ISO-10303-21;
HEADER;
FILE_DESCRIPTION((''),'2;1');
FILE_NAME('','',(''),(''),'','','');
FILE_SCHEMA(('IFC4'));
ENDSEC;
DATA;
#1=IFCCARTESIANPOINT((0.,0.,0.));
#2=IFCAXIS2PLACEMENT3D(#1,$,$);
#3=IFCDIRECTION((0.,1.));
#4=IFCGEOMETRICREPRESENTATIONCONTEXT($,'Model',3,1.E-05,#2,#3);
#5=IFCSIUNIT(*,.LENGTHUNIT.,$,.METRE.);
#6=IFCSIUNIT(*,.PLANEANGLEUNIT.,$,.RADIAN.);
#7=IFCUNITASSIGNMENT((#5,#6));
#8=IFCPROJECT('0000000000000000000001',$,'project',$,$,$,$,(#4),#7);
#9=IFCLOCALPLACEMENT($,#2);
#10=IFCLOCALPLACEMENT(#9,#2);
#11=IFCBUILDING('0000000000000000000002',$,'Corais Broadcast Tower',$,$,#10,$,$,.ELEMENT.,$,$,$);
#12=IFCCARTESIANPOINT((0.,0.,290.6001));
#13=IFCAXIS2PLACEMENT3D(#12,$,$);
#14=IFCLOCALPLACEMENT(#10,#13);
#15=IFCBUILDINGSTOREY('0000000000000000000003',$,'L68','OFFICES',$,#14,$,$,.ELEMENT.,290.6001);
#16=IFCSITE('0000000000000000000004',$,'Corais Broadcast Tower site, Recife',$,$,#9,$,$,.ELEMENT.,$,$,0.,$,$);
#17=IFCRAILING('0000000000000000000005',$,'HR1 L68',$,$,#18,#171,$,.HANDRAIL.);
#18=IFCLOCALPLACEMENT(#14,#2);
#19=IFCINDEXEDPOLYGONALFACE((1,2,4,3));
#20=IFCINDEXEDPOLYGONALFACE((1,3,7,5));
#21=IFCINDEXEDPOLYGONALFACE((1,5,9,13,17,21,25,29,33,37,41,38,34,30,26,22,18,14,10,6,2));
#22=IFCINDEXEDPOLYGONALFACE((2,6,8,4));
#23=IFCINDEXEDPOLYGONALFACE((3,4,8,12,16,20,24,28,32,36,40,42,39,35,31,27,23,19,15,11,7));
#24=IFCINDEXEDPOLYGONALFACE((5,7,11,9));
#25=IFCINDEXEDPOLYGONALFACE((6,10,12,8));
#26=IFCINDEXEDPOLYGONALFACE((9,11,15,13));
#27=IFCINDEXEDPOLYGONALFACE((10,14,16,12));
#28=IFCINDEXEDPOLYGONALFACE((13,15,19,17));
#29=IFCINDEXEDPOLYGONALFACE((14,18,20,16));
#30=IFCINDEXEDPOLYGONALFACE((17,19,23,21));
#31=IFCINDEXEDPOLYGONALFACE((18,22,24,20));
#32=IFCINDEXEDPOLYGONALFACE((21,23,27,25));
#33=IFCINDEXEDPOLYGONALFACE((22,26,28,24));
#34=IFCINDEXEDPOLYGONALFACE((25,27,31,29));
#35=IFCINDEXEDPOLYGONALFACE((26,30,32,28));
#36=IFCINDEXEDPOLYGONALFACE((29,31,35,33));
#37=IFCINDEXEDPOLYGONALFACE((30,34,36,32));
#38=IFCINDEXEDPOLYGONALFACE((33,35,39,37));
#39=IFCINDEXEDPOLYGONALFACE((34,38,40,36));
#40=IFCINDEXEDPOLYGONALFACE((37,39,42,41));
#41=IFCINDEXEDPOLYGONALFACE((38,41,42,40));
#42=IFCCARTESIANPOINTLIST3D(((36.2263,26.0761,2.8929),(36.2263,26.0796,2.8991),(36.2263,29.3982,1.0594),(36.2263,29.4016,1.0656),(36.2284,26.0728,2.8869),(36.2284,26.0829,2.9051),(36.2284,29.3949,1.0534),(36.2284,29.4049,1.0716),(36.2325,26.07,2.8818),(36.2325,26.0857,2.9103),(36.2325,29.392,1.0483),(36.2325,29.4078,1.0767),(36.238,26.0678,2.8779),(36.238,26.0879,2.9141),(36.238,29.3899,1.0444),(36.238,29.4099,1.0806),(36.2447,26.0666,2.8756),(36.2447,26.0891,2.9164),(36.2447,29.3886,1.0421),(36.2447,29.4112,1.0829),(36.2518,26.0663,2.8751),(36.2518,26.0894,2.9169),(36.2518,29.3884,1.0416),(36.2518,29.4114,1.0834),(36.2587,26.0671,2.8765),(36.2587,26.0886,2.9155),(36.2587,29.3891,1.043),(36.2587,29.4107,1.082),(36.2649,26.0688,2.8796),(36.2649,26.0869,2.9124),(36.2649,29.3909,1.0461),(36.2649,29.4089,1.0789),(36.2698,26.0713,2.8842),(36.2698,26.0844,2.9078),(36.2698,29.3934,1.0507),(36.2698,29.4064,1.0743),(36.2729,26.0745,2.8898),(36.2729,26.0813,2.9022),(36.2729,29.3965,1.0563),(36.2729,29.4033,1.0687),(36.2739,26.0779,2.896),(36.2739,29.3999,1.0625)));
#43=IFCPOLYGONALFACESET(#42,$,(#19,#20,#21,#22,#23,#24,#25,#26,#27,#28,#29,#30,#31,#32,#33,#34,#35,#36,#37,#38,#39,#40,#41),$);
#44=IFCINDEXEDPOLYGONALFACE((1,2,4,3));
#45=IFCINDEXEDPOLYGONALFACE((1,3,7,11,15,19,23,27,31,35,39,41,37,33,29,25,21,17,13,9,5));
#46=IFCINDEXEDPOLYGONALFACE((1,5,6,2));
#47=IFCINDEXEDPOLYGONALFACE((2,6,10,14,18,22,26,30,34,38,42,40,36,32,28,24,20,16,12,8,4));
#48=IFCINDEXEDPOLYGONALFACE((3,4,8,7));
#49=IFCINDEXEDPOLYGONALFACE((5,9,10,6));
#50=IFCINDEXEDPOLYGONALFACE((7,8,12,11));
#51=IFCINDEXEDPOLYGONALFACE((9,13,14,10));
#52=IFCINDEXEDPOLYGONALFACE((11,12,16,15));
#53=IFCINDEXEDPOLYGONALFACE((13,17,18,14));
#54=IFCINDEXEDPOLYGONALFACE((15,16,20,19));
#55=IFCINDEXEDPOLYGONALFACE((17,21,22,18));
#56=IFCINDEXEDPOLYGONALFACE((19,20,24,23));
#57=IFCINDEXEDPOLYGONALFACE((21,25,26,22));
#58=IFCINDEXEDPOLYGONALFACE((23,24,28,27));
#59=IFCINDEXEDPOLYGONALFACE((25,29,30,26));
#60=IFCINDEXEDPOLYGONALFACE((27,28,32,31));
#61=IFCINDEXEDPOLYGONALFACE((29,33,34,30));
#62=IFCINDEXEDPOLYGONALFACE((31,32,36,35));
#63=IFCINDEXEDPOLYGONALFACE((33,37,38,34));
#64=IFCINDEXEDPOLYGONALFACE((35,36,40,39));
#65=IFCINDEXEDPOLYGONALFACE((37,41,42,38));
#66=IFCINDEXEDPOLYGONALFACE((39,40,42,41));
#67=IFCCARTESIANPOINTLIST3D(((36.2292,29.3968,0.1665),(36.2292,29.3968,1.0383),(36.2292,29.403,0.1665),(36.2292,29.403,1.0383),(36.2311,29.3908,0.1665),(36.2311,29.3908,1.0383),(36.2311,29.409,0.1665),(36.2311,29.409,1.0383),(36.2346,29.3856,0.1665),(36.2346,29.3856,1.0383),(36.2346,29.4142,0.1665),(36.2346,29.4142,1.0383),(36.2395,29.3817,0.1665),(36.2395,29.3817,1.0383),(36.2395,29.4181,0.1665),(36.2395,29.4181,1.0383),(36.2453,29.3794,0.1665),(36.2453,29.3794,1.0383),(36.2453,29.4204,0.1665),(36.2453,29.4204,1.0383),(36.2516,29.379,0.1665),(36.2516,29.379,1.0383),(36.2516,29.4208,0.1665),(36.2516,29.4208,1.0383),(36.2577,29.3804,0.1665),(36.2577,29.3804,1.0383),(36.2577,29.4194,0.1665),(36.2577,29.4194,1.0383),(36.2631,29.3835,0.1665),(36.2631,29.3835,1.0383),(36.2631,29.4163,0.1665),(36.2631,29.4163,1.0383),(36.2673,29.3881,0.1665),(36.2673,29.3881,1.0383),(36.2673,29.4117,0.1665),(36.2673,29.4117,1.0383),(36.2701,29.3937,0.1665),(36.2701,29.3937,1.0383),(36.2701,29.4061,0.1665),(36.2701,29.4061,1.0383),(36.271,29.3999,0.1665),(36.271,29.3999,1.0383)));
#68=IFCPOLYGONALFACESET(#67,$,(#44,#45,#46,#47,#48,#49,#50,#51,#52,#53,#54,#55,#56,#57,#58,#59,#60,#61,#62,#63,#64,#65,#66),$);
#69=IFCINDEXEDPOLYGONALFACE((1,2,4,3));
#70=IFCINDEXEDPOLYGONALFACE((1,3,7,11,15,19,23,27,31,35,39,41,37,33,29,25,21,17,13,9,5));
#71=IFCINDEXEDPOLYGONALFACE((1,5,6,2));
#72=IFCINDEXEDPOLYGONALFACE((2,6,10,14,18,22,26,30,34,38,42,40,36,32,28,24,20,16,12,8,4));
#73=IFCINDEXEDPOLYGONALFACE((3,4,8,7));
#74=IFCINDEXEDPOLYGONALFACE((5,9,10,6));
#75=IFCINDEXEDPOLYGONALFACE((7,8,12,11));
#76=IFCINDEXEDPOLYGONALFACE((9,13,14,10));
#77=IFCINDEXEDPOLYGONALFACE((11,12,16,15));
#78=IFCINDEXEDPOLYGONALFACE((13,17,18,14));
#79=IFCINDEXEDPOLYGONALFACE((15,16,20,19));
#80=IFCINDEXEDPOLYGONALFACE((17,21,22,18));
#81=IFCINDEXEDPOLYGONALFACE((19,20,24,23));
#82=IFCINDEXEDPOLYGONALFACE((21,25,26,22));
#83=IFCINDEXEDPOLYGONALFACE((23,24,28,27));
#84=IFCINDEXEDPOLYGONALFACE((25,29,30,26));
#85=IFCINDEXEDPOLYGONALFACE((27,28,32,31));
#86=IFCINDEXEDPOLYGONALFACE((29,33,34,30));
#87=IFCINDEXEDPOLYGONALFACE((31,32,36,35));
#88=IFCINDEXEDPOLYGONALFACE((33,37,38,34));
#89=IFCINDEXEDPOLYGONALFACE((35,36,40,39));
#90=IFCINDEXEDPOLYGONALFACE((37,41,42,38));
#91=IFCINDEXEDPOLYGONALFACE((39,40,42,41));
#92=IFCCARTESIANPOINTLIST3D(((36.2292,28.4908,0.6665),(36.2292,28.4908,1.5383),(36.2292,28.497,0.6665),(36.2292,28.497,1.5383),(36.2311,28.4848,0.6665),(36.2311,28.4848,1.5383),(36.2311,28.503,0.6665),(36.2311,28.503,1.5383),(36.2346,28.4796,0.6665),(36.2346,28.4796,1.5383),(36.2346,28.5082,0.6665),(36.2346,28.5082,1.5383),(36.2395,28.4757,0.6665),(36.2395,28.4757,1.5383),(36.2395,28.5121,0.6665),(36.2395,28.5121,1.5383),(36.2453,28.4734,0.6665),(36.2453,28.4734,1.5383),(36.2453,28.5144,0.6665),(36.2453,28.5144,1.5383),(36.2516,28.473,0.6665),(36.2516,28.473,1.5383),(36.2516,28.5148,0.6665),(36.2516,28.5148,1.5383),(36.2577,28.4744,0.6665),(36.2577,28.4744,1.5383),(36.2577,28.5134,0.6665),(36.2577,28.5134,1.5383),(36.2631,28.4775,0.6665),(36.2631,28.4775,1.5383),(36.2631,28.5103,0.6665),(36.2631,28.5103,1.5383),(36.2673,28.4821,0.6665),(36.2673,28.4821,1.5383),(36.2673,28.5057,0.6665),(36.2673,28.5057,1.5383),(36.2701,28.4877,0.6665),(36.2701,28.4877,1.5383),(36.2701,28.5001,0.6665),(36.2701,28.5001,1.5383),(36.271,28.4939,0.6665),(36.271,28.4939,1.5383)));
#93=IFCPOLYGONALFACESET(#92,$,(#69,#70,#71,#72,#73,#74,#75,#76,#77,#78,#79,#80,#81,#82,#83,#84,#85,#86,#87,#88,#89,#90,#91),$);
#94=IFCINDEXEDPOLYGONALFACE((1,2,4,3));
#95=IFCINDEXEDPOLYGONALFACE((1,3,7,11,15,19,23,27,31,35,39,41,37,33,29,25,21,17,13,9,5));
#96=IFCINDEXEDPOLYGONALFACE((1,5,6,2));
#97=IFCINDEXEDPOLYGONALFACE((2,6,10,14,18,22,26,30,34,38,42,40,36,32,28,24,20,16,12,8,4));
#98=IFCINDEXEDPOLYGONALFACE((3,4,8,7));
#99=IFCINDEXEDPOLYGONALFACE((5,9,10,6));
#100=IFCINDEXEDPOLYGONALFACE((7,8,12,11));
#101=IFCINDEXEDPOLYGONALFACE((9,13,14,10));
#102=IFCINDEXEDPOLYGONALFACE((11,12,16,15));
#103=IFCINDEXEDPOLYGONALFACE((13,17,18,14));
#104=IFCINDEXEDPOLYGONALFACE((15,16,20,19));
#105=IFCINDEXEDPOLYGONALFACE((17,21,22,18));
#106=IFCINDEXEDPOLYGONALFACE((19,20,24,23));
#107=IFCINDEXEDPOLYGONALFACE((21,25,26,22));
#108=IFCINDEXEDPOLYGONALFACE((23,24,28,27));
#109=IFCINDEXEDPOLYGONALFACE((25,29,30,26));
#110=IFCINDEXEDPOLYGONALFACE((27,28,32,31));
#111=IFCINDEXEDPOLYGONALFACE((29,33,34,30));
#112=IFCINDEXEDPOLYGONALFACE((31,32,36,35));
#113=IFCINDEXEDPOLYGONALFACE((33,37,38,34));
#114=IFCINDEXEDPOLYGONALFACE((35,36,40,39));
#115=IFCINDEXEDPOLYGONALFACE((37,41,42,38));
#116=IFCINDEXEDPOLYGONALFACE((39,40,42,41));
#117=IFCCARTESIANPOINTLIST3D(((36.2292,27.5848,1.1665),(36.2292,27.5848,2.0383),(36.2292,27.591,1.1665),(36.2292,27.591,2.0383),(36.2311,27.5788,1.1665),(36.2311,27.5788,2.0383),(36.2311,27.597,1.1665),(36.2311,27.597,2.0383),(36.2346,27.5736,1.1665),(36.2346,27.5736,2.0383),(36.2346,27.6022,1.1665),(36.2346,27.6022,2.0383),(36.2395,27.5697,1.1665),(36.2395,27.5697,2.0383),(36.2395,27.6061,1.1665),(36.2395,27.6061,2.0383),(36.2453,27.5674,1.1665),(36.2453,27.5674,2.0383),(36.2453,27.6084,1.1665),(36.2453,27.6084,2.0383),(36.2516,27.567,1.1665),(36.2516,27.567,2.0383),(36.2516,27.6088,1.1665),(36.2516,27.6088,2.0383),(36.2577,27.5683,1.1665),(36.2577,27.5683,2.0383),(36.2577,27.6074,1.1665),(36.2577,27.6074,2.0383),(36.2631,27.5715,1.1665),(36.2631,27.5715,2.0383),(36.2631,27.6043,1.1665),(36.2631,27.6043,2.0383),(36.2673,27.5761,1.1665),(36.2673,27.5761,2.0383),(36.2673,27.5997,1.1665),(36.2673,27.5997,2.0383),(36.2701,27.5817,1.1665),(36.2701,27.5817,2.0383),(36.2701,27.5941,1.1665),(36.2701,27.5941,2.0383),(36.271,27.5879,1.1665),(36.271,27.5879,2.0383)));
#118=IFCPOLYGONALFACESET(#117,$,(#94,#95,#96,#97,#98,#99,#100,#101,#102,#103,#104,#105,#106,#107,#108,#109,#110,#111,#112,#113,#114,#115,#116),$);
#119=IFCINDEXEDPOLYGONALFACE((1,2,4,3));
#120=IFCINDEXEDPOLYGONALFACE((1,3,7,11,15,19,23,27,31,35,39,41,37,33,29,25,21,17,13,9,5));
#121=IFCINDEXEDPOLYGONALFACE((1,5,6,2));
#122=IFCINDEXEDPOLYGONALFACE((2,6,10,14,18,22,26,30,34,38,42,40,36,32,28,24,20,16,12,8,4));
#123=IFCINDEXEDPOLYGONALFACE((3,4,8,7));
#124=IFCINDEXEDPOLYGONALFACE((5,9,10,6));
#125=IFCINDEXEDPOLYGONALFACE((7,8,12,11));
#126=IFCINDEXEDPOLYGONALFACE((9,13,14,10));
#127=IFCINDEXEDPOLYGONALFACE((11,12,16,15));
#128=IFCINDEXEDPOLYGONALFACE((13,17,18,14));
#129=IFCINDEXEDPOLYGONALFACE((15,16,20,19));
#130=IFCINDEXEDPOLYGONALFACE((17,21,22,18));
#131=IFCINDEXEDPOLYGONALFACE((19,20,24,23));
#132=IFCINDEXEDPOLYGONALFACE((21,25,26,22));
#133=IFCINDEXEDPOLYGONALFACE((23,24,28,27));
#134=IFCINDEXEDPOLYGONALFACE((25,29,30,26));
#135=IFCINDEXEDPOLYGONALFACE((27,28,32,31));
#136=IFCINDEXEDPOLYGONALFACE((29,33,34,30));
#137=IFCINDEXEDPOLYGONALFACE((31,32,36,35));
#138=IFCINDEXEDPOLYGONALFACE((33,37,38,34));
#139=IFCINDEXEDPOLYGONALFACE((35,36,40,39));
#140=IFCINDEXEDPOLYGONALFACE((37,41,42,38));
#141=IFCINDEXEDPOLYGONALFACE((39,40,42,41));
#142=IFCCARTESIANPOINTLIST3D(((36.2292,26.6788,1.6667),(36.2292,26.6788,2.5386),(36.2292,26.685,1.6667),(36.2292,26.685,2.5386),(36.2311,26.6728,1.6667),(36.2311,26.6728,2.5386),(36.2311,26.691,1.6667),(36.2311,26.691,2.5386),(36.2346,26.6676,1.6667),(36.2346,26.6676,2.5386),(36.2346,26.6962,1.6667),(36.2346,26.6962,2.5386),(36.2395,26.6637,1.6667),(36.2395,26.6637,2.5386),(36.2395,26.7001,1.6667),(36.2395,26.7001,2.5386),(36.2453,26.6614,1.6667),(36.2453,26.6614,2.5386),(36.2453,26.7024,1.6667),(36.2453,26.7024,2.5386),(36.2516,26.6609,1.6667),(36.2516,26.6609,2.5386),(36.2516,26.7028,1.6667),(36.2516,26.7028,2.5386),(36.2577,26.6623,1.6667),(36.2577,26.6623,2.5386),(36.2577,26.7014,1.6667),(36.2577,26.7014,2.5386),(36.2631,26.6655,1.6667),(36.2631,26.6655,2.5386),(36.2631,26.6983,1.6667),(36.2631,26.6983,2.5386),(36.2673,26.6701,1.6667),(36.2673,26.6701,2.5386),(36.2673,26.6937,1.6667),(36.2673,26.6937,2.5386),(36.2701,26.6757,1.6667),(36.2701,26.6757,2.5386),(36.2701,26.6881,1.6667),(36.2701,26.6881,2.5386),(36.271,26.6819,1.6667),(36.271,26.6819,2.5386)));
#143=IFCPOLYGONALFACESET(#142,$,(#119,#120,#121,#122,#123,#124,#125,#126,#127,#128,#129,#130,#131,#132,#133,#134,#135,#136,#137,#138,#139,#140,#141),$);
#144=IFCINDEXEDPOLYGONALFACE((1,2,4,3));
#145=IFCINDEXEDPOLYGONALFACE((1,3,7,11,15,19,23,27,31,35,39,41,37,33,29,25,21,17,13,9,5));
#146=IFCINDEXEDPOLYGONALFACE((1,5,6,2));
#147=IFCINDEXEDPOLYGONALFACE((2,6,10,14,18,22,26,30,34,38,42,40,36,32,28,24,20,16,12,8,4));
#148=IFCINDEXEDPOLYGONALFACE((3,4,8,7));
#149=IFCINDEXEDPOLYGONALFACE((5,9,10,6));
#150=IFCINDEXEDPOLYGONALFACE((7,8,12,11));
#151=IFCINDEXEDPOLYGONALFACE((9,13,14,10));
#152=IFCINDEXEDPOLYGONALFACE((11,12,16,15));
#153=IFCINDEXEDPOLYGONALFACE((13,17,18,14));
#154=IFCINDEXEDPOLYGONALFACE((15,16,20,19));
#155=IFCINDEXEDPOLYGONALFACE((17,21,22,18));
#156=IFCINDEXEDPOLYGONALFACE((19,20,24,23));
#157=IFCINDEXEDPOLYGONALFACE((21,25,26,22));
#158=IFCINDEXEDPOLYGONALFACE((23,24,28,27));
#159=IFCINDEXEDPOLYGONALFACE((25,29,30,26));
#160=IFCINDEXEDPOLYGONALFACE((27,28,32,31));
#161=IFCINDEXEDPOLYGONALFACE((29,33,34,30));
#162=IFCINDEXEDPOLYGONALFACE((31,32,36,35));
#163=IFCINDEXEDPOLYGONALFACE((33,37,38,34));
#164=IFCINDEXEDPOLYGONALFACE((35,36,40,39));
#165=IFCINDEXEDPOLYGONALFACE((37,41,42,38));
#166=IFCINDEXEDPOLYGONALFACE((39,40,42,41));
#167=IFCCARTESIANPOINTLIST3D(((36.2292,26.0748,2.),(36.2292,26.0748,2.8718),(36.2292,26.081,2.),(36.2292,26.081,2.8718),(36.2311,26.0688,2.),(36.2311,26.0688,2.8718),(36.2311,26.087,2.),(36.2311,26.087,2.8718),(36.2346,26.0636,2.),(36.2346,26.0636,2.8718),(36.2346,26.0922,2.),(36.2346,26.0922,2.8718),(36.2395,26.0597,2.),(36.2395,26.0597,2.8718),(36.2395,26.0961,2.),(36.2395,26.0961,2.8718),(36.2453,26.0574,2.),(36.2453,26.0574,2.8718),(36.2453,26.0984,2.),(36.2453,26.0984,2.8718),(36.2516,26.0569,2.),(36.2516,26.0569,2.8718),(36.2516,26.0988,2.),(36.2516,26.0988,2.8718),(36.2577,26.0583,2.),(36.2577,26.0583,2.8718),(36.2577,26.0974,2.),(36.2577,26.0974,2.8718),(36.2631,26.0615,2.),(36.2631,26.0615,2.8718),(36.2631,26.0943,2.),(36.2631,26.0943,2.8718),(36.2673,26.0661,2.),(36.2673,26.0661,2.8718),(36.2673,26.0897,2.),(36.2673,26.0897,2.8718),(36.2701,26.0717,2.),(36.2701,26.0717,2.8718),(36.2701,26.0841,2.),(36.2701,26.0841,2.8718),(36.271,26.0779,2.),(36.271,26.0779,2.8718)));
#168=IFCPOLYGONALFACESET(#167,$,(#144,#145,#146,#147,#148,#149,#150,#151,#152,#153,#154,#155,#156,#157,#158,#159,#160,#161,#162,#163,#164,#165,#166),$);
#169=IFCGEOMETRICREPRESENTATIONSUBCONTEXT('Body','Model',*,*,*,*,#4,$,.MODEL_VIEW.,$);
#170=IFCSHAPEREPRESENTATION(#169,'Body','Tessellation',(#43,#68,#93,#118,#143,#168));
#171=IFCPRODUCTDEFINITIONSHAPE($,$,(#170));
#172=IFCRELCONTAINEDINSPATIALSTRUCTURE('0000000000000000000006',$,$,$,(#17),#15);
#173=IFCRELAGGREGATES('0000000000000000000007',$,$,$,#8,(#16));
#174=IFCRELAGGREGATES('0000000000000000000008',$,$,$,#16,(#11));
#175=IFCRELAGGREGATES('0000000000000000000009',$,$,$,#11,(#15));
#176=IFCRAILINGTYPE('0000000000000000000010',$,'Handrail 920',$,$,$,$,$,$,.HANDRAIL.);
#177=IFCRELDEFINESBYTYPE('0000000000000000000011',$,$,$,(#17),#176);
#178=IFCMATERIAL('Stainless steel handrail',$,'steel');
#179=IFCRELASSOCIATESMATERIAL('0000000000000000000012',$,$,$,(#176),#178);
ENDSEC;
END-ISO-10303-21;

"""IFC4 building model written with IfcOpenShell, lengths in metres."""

from ifc_helpers import new_model, si_unit, direction, frame, origin, origin_2d, place, context, subcontext, project, spatial, circle, extrude, material, type_object, element, save


model = new_model("IFC4")

# Units and contexts
model_context = context("Model", 3, precision=1e-05, world=origin(), true_north=direction((0.0, 1.0)))
body_context = subcontext(model_context, "Body", "Model", "MODEL_VIEW")
ifc_project = project(units=[si_unit("LENGTHUNIT", "METRE"), si_unit("PLANEANGLEUNIT", "RADIAN")], contexts=[model_context])

# Site, building, storey
site_placement = place(None, origin())
site = spatial("IfcSite", under=ifc_project, at=site_placement, Name="Corais Broadcast Tower site, Recife", CompositionType="ELEMENT", RefElevation=0.0)
building_placement = place(site_placement, origin())
building = spatial("IfcBuilding", under=site, at=building_placement, Name="Corais Broadcast Tower", CompositionType="ELEMENT")
storey_placement = place(building_placement, frame((0.0, 0.0, 290.6001)))
storey = spatial("IfcBuildingStorey", under=building, at=storey_placement, Name="L68", Description="OFFICES", CompositionType="ELEMENT", Elevation=290.6001)

# Railing
ifc_material_1 = material(Name="Stainless steel handrail", Category="steel")
railing_type = type_object("IfcRailingType", Name="Handrail 920", PredefinedType="HANDRAIL", material=ifc_material_1)
for number, where, name in (
    (1, (36.25, 29.3999, 0.1665), "HR1 L68"),
):
    element("IfcRailing", number, at=place(storey_placement, frame(where)), inside=storey, type_object=railing_type, Name=name, PredefinedType="HANDRAIL", context=body_context, shape_type="SweptSolid", body=[
        extrude(circle(Radius=0.0239, at=origin_2d()), frame((0.0, 0.0, 0.896), z_axis=(0.0, -0.875504, 0.48321), x_axis=(1.0, 0.0, 0.0)), (0.0, 0.0, 1.0), 3.7944),
        extrude(circle(Radius=0.021, at=origin_2d()), origin(), (0.0, 0.0, 1.0), 0.8718),
        extrude(circle(Radius=0.021, at=origin_2d()), frame((0.0, -0.906, 0.5)), (0.0, 0.0, 1.0), 0.8718),
        extrude(circle(Radius=0.021, at=origin_2d()), frame((0.0, -1.812, 1.0)), (0.0, 0.0, 1.0), 0.8718),
        extrude(circle(Radius=0.021, at=origin_2d()), frame((0.0, -2.718, 1.5002)), (0.0, 0.0, 1.0), 0.8718),
        extrude(circle(Radius=0.021, at=origin_2d()), frame((0.0, -3.322, 1.8335)), (0.0, 0.0, 1.0), 0.8718),
    ])

save(model, "model.ifc")
